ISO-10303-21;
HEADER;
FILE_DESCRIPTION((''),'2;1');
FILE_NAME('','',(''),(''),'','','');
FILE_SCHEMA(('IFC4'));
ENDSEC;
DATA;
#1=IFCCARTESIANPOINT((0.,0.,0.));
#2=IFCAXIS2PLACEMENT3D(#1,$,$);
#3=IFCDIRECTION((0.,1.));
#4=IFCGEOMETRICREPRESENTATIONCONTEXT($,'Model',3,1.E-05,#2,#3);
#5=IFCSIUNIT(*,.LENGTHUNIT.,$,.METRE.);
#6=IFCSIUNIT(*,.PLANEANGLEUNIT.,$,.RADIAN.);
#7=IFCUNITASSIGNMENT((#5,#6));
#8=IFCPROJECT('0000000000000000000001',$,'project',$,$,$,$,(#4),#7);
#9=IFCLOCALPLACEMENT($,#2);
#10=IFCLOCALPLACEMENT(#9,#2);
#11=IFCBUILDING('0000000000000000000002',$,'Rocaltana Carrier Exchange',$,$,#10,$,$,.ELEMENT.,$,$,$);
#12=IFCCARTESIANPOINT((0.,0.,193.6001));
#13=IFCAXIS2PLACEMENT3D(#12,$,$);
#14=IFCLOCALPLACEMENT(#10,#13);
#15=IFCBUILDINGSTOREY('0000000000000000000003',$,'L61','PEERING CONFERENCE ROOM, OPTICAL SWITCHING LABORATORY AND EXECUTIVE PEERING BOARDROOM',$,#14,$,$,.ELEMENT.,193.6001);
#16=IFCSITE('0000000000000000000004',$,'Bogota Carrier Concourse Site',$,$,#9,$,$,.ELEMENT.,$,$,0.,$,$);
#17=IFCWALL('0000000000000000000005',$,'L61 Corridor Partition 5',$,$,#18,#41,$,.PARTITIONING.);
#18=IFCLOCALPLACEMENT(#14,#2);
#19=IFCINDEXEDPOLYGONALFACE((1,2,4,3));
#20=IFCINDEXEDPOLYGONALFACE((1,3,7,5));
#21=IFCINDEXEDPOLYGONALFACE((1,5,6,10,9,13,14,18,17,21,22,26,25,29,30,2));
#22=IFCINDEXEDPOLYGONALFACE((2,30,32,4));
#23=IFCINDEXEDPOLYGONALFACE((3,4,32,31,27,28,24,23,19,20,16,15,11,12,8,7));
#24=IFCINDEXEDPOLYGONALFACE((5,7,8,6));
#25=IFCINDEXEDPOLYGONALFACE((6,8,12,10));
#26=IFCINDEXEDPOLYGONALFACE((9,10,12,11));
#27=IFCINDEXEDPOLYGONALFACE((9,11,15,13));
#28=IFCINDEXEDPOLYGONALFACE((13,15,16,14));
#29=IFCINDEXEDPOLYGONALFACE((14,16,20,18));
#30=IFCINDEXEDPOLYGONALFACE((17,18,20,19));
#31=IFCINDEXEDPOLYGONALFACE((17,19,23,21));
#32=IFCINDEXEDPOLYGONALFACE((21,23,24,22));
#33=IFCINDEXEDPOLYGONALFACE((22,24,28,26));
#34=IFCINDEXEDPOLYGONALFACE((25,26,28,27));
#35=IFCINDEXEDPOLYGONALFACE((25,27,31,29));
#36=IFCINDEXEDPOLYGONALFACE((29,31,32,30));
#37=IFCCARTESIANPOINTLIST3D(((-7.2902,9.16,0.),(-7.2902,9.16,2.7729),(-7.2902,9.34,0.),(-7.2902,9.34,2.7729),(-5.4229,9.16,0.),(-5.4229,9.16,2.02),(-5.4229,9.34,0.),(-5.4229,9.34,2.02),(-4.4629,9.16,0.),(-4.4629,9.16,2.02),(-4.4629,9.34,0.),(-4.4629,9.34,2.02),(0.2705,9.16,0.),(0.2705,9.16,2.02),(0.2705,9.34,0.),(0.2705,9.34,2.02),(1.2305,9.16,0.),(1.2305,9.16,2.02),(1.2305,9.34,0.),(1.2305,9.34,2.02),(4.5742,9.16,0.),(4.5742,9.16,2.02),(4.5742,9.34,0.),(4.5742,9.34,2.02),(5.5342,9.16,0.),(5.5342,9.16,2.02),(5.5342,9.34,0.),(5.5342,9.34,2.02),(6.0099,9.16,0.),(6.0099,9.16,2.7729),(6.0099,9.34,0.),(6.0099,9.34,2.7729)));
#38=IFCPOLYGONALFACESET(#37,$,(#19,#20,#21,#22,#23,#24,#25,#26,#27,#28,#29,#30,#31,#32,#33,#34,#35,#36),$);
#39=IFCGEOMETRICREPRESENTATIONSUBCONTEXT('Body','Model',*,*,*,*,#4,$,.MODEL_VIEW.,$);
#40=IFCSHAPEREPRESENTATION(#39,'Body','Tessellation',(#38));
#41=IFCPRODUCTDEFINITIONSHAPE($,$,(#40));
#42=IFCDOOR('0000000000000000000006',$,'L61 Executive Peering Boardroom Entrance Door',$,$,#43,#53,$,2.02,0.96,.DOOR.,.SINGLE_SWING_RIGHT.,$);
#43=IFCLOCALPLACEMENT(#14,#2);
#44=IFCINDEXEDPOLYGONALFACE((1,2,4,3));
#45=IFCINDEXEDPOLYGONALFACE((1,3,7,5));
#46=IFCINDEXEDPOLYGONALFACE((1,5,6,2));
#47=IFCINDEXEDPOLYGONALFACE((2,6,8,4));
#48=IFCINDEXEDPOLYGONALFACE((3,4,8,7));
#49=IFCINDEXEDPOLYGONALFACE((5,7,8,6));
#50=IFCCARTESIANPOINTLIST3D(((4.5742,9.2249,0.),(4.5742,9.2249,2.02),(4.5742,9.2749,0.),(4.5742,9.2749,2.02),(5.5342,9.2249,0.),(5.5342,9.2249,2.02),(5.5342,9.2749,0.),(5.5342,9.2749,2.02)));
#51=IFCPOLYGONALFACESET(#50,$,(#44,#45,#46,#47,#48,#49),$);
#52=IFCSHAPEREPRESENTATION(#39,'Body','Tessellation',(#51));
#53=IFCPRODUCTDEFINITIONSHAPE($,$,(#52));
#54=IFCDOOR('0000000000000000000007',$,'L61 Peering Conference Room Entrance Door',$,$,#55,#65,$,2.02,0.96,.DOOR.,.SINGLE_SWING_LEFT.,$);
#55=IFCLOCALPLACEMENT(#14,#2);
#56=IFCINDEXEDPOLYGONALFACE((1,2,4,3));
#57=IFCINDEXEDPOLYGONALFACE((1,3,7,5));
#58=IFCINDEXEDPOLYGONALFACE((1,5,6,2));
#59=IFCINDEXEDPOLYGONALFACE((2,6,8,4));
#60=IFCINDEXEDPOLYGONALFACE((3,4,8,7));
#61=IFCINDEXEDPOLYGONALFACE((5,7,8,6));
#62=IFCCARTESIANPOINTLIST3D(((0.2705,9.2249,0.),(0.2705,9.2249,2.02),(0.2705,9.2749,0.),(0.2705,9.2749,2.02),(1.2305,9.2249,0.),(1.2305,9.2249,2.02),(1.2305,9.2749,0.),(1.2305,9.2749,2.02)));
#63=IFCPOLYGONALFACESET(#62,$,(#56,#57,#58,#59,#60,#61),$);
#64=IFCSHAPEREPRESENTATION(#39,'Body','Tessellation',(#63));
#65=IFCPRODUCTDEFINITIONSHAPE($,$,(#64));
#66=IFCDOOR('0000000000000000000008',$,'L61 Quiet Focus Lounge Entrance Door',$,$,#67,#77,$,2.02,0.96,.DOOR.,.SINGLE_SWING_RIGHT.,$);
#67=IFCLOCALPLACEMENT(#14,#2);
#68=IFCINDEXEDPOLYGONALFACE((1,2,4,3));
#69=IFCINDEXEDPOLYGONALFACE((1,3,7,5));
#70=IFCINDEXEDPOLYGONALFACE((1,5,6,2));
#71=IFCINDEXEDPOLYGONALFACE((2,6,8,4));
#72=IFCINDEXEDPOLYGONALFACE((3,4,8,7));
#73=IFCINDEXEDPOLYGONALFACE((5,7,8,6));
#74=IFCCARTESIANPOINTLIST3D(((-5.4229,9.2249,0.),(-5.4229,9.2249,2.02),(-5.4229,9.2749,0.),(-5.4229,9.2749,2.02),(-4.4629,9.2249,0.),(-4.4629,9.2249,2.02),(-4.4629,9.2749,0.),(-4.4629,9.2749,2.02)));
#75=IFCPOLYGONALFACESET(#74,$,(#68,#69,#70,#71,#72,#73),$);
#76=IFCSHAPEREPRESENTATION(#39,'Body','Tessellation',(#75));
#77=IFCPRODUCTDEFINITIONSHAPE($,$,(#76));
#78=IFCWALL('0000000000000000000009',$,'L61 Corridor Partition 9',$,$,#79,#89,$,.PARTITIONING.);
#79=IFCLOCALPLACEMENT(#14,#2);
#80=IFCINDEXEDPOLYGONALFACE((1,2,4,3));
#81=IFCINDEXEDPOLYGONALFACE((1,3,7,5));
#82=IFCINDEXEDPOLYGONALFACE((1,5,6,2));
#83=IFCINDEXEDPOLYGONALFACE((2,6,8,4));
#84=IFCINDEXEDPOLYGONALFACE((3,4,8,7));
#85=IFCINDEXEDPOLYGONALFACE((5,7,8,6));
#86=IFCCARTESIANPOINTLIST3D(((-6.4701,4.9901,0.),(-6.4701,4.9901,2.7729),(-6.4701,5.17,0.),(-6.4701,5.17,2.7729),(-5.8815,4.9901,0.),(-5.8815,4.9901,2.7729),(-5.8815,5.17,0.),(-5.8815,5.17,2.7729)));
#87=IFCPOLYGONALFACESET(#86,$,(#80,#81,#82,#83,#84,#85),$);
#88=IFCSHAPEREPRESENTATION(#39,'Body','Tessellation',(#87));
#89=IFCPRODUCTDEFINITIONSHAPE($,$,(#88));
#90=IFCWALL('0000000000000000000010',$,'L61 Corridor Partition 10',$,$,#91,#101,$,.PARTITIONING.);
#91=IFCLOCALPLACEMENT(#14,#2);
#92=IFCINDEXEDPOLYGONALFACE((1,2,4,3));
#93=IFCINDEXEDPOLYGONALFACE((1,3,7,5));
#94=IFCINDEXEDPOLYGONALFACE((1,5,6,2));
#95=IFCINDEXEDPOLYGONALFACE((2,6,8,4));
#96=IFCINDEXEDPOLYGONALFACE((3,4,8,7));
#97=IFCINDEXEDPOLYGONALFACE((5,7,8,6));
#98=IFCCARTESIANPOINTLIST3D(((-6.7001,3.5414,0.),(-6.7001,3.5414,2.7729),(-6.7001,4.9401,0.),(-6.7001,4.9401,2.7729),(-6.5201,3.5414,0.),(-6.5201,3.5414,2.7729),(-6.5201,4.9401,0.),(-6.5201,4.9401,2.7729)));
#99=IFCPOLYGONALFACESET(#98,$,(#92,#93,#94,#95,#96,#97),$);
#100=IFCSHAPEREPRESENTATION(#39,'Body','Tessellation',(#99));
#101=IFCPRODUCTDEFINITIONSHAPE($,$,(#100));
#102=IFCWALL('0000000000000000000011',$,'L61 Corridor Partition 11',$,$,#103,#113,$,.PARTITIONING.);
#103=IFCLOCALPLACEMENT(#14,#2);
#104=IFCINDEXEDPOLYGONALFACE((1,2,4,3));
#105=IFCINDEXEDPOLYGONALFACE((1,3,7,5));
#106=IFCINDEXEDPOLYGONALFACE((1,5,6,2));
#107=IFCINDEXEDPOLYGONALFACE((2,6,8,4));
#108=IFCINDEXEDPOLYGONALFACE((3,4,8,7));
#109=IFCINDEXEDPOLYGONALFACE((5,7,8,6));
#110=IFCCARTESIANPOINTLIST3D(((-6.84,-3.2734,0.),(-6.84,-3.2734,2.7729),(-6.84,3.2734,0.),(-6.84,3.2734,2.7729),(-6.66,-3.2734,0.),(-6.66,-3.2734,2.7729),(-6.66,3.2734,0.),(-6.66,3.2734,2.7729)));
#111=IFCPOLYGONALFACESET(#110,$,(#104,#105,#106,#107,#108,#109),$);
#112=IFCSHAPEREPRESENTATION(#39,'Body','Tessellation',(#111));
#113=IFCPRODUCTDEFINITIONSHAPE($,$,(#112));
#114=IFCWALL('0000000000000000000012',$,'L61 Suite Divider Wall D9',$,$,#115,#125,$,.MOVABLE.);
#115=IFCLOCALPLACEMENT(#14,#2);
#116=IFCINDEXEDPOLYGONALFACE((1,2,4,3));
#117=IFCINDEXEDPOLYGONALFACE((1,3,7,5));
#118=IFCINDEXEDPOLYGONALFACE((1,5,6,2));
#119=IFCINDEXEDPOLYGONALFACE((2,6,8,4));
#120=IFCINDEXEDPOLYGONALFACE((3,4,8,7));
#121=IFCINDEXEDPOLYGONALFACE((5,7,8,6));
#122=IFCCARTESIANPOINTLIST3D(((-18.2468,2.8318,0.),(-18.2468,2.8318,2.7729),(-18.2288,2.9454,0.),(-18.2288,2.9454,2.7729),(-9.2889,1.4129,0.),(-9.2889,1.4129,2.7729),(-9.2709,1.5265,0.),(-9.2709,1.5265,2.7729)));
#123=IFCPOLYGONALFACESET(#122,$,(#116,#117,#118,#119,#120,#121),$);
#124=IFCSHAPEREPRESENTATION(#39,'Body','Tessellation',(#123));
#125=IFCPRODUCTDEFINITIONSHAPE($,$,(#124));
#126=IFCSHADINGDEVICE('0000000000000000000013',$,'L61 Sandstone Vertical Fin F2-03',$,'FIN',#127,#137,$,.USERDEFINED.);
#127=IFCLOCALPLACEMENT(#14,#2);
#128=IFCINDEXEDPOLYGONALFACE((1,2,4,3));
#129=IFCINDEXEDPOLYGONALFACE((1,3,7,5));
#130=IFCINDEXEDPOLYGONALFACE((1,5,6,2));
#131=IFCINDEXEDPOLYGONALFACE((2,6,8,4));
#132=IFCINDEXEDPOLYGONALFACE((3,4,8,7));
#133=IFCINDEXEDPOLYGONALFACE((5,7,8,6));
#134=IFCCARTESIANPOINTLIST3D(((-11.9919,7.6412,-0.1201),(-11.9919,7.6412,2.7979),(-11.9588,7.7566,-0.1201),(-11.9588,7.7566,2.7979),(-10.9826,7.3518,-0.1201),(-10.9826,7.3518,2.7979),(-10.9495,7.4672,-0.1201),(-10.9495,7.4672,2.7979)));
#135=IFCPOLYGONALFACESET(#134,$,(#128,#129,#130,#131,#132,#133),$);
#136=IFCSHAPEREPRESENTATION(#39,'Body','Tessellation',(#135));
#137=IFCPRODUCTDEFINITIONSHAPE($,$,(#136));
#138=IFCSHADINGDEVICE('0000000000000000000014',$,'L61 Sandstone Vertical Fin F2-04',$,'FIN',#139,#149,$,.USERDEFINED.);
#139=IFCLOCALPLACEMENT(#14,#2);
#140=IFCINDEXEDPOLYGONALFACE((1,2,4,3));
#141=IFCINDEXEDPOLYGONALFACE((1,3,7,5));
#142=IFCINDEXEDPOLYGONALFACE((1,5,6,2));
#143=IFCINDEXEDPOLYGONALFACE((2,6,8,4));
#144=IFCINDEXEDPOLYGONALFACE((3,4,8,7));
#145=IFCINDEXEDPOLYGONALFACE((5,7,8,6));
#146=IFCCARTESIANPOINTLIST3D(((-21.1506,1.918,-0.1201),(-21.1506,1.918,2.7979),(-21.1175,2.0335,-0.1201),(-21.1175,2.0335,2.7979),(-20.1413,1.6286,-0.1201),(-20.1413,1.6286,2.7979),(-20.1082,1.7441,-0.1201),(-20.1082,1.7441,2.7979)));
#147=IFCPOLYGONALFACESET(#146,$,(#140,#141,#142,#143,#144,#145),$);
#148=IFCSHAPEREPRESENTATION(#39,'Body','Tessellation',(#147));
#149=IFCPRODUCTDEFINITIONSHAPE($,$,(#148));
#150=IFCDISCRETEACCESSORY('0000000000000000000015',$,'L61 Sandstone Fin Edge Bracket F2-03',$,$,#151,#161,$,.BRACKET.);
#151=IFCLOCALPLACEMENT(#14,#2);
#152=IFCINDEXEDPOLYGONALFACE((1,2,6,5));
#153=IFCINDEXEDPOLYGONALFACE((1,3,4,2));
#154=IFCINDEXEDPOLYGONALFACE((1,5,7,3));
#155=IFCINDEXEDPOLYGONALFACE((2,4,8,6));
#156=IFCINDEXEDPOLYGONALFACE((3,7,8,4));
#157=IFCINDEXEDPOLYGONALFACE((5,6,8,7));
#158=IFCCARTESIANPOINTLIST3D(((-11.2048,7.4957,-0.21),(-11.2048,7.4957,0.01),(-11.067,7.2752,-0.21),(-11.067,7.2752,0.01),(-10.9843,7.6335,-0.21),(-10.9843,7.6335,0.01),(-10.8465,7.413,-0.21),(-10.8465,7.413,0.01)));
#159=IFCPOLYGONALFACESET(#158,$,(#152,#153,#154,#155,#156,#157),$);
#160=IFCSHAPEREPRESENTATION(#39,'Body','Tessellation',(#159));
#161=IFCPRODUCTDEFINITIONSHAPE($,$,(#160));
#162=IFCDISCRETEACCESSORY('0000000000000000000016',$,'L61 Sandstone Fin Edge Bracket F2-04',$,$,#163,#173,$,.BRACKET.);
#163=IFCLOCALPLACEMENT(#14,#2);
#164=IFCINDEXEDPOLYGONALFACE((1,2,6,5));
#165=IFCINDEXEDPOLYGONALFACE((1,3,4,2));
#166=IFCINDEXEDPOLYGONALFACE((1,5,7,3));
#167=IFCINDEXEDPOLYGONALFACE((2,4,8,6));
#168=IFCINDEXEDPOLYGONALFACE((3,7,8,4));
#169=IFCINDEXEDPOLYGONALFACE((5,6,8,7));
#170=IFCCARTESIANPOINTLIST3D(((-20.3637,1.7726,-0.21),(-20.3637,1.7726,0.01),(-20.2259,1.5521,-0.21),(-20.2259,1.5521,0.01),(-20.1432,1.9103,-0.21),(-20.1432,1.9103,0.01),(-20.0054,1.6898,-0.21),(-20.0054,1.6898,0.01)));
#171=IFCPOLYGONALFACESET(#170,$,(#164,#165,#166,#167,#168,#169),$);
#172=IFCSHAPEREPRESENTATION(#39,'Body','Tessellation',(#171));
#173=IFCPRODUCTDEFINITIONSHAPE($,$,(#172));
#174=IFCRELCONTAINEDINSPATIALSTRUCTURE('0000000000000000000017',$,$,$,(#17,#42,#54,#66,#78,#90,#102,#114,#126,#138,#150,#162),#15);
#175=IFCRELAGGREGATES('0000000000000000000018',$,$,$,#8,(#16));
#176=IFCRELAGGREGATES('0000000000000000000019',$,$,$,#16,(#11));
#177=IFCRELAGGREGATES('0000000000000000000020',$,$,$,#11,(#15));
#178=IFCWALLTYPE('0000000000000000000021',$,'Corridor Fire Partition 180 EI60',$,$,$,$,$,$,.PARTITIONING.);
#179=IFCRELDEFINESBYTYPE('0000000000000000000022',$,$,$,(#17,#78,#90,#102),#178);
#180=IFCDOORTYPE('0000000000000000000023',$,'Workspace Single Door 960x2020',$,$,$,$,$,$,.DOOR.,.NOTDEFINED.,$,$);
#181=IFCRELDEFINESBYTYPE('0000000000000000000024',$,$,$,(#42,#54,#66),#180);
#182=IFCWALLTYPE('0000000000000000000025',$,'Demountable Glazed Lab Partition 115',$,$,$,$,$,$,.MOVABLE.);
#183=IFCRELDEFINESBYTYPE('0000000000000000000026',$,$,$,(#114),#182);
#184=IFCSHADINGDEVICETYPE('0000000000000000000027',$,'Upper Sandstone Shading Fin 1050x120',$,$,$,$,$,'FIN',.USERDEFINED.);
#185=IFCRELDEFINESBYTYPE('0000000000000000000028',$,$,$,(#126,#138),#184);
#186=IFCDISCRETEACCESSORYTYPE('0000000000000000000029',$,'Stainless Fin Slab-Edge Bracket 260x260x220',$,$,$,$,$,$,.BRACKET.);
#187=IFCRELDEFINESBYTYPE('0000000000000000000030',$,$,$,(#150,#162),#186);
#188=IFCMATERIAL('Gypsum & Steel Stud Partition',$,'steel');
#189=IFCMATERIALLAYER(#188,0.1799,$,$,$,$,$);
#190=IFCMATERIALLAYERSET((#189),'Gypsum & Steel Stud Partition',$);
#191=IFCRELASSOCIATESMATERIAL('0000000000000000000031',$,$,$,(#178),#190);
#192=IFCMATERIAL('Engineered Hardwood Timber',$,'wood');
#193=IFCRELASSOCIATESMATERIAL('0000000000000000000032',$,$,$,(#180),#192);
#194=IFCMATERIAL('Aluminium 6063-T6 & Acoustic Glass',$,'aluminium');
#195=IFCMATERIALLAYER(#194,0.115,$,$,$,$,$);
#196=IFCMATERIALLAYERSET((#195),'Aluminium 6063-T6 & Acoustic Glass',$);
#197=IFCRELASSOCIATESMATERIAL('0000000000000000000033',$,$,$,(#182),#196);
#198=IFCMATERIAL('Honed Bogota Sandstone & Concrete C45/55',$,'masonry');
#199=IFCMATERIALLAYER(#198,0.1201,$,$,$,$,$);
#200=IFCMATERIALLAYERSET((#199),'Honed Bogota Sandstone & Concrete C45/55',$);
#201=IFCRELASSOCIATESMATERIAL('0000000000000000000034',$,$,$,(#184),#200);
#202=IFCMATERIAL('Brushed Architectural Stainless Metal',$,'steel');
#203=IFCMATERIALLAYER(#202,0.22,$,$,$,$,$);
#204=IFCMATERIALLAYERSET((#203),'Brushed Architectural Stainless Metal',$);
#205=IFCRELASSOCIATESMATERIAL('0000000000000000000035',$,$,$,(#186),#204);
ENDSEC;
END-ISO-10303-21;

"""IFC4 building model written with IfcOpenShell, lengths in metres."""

from ifc_helpers import new_model, si_unit, direction, frame, frame_2d, origin, origin_2d, place, context, subcontext, project, spatial, rectangle, extrude, material, layer, layer_set, type_object, element, fill, save


model = new_model("IFC4")

# Units and contexts
model_context = context("Model", 3, precision=1e-05, world=origin(), true_north=direction((0.0, 1.0)))
body_context = subcontext(model_context, "Body", "Model", "MODEL_VIEW")
ifc_project = project(units=[si_unit("LENGTHUNIT", "METRE"), si_unit("PLANEANGLEUNIT", "RADIAN")], contexts=[model_context])

# Site, building, storey
site_placement = place(None, origin())
site = spatial("IfcSite", under=ifc_project, at=site_placement, Name="Bogota Carrier Concourse Site", CompositionType="ELEMENT", RefElevation=0.0)
building_placement = place(site_placement, origin())
building = spatial("IfcBuilding", under=site, at=building_placement, Name="Rocaltana Carrier Exchange", CompositionType="ELEMENT")
storey_placement = place(building_placement, frame((0.0, 0.0, 193.6001)))
storey = spatial("IfcBuildingStorey", under=building, at=storey_placement, Name="L61", Description="PEERING CONFERENCE ROOM, OPTICAL SWITCHING LABORATORY AND EXECUTIVE PEERING BOARDROOM", CompositionType="ELEMENT", Elevation=193.6001)

# Shared definitions
ifc_material_1 = material(Name="Gypsum & Steel Stud Partition", Category="steel")
ifc_layer_1 = layer(ifc_material_1, 0.1799)
ifc_layer_set_1 = layer_set([ifc_layer_1], Name="Gypsum & Steel Stud Partition")
wall_type_1 = type_object("IfcWallType", Name="Corridor Fire Partition 180 EI60", PredefinedType="PARTITIONING", material=ifc_layer_set_1)

# Wall, openings, doors
wall_1_placement = place(storey_placement, frame((-7.29, 9.25, 0.0), z_axis=(0.0, 0.0, 1.0), x_axis=(1.0, 0.0, 0.0)))
wall_1 = element("IfcWall", 1, at=wall_1_placement, inside=storey, type_object=wall_type_1, Name="L61 Corridor Partition 5", PredefinedType="PARTITIONING", context=body_context, shape_type="SweptSolid", body=[
    extrude(rectangle(XDim=13.3, YDim=0.1799, at=frame_2d((6.6499, 0.0))), origin(), (0.0, 0.0, 1.0), 2.7729),
])
opening_1_placement = place(wall_1_placement, frame((11.8643, 0.0, 0.0)))
opening_1 = element("IfcOpeningElement", 2, at=opening_1_placement, cuts=wall_1, PredefinedType="OPENING", context=body_context, shape_type="SweptSolid", body=[
    extrude(rectangle(XDim=0.96, YDim=2.02, at=frame_2d((0.48, 1.01))), frame((0.0, 0.0999, 0.0), z_axis=(0.0, -1.0, 0.0), x_axis=(1.0, 0.0, 0.0)), (0.0, 0.0, 1.0), 0.2),
])
opening_2_placement = place(wall_1_placement, frame((7.5605, 0.0, 0.0)))
opening_2 = element("IfcOpeningElement", 3, at=opening_2_placement, cuts=wall_1, PredefinedType="OPENING", context=body_context, shape_type="SweptSolid", body=[
    extrude(rectangle(XDim=0.96, YDim=2.02, at=frame_2d((0.48, 1.01))), frame((0.0, 0.0999, 0.0), z_axis=(0.0, -1.0, 0.0), x_axis=(1.0, 0.0, 0.0)), (0.0, 0.0, 1.0), 0.2),
])
opening_3_placement = place(wall_1_placement, frame((1.8672, 0.0, 0.0)))
opening_3 = element("IfcOpeningElement", 4, at=opening_3_placement, cuts=wall_1, PredefinedType="OPENING", context=body_context, shape_type="SweptSolid", body=[
    extrude(rectangle(XDim=0.96, YDim=2.02, at=frame_2d((0.48, 1.01))), frame((0.0, 0.0999, 0.0), z_axis=(0.0, -1.0, 0.0), x_axis=(1.0, 0.0, 0.0)), (0.0, 0.0, 1.0), 0.2),
])
ifc_material_2 = material(Name="Engineered Hardwood Timber", Category="wood")
door_type = type_object("IfcDoorType", Name="Workspace Single Door 960x2020", OperationType="NOTDEFINED", PredefinedType="DOOR", material=ifc_material_2)
door_1_placement = place(opening_1_placement, origin())
door_1 = element("IfcDoor", 5, at=door_1_placement, inside=storey, type_object=door_type, Name="L61 Executive Peering Boardroom Entrance Door", OperationType="SINGLE_SWING_RIGHT", OverallHeight=2.02, OverallWidth=0.96, PredefinedType="DOOR", context=body_context, shape_type="SweptSolid", body=[
    extrude(rectangle(XDim=0.96, YDim=2.02, at=frame_2d((0.48, 1.01))), frame((0.0, 0.0249, 0.0), z_axis=(0.0, -1.0, 0.0), x_axis=(1.0, 0.0, 0.0)), (0.0, 0.0, 1.0), 0.05),
])
fill(opening_1, door_1)
door_2_placement = place(opening_2_placement, origin())
door_2 = element("IfcDoor", 6, at=door_2_placement, inside=storey, type_object=door_type, Name="L61 Peering Conference Room Entrance Door", OperationType="SINGLE_SWING_LEFT", OverallHeight=2.02, OverallWidth=0.96, PredefinedType="DOOR", context=body_context, shape_type="SweptSolid", body=[
    extrude(rectangle(XDim=0.96, YDim=2.02, at=frame_2d((0.48, 1.01))), frame((0.0, 0.0249, 0.0), z_axis=(0.0, -1.0, 0.0), x_axis=(1.0, 0.0, 0.0)), (0.0, 0.0, 1.0), 0.05),
])
fill(opening_2, door_2)
door_3_placement = place(opening_3_placement, origin())
door_3 = element("IfcDoor", 7, at=door_3_placement, inside=storey, type_object=door_type, Name="L61 Quiet Focus Lounge Entrance Door", OperationType="SINGLE_SWING_RIGHT", OverallHeight=2.02, OverallWidth=0.96, PredefinedType="DOOR", context=body_context, shape_type="SweptSolid", body=[
    extrude(rectangle(XDim=0.96, YDim=2.02, at=frame_2d((0.48, 1.01))), frame((0.0, 0.0249, 0.0), z_axis=(0.0, -1.0, 0.0), x_axis=(1.0, 0.0, 0.0)), (0.0, 0.0, 1.0), 0.05),
])
fill(opening_3, door_3)

# Walls
wall_2_placement = place(storey_placement, frame((-5.8813, 5.0801, 0.0), z_axis=(0.0, 0.0, 1.0), x_axis=(-1.0, 0.0, 0.0)))
element("IfcWall", 8, at=wall_2_placement, inside=storey, type_object=wall_type_1, Name="L61 Corridor Partition 9", PredefinedType="PARTITIONING", context=body_context, shape_type="SweptSolid", body=[
    extrude(rectangle(XDim=0.5886, YDim=0.1799, at=frame_2d((0.2944, 0.0))), origin(), (0.0, 0.0, 1.0), 2.7729),
])
wall_3_placement = place(storey_placement, frame((-6.6101, 4.9399, 0.0), z_axis=(0.0, 0.0, 1.0), x_axis=(0.0, -1.0, 0.0)))
element("IfcWall", 9, at=wall_3_placement, inside=storey, type_object=wall_type_1, Name="L61 Corridor Partition 10", PredefinedType="PARTITIONING", context=body_context, shape_type="SweptSolid", body=[
    extrude(rectangle(XDim=1.3987, YDim=0.1799, at=frame_2d((0.6992, 0.0))), origin(), (0.0, 0.0, 1.0), 2.7729),
])
wall_4_placement = place(storey_placement, frame((-6.75, 3.2734, 0.0), z_axis=(0.0, 0.0, 1.0), x_axis=(0.0, -1.0, 0.0)))
element("IfcWall", 10, at=wall_4_placement, inside=storey, type_object=wall_type_1, Name="L61 Corridor Partition 11", PredefinedType="PARTITIONING", context=body_context, shape_type="SweptSolid", body=[
    extrude(rectangle(XDim=6.5469, YDim=0.1799, at=frame_2d((3.2734, 0.0))), origin(), (0.0, 0.0, 1.0), 2.7729),
])
ifc_material_3 = material(Name="Aluminium 6063-T6 & Acoustic Glass", Category="aluminium")
ifc_layer_2 = layer(ifc_material_3, 0.115)
ifc_layer_set_2 = layer_set([ifc_layer_2], Name="Aluminium 6063-T6 & Acoustic Glass")
wall_type_2 = type_object("IfcWallType", Name="Demountable Glazed Lab Partition 115", PredefinedType="MOVABLE", material=ifc_layer_set_2)
wall_5_placement = place(storey_placement, frame((-9.28, 1.4697, 0.0), z_axis=(0.0, 0.0, 1.0), x_axis=(-0.987686, 0.156449, 0.0)))
element("IfcWall", 11, at=wall_5_placement, inside=storey, type_object=wall_type_2, Name="L61 Suite Divider Wall D9", PredefinedType="MOVABLE", context=body_context, shape_type="SweptSolid", body=[
    extrude(rectangle(XDim=9.0696, YDim=0.115, at=frame_2d((4.5347, 0.0))), origin(), (0.0, 0.0, 1.0), 2.7729),
])

# Shading devices
ifc_material_4 = material(Name="Honed Bogota Sandstone & Concrete C45/55", Category="masonry")
ifc_layer_3 = layer(ifc_material_4, 0.1201)
ifc_layer_set_3 = layer_set([ifc_layer_3], Name="Honed Bogota Sandstone & Concrete C45/55")
shading_device_type = type_object("IfcShadingDeviceType", Name="Upper Sandstone Shading Fin 1050x120", ElementType="FIN", PredefinedType="USERDEFINED", material=ifc_layer_set_3)
for number, where, z_axis, x_axis, name in (
    (12, (-11.4707, 7.5542, -0.1201), (0.0, 0.0, 1.0), (-0.961262, 0.275637, 0.0), "L61 Sandstone Vertical Fin F2-03"),
    (13, (-20.6294, 1.8311, -0.1201), (0.0, 0.0, 1.0), (-0.961262, 0.275637, 0.0), "L61 Sandstone Vertical Fin F2-04"),
):
    element("IfcShadingDevice", number, at=place(storey_placement, frame(where, z_axis=z_axis, x_axis=x_axis)), inside=storey, type_object=shading_device_type, Name=name, ObjectType="FIN", PredefinedType="USERDEFINED", context=body_context, shape_type="SweptSolid", body=[
        extrude(rectangle(XDim=1.05, YDim=0.1201, at=origin_2d()), origin(), (0.0, 0.0, 1.0), 2.918),
    ])

# Discrete accessories
ifc_material_5 = material(Name="Brushed Architectural Stainless Metal", Category="steel")
ifc_layer_4 = layer(ifc_material_5, 0.22)
ifc_layer_set_4 = layer_set([ifc_layer_4], Name="Brushed Architectural Stainless Metal")
discrete_accessory_type = type_object("IfcDiscreteAccessoryType", Name="Stainless Fin Slab-Edge Bracket 260x260x220", PredefinedType="BRACKET", material=ifc_layer_set_4)
for number, where, z_axis, x_axis, name in (
    (14, (-11.0256, 7.4543, -0.21), (0.0, 0.0, 1.0), (-0.848048, -0.529919, 0.0), "L61 Sandstone Fin Edge Bracket F2-03"),
    (15, (-20.1846, 1.7312, -0.21), (0.0, 0.0, 1.0), (-0.848048, -0.529919, 0.0), "L61 Sandstone Fin Edge Bracket F2-04"),
):
    element("IfcDiscreteAccessory", number, at=place(storey_placement, frame(where, z_axis=z_axis, x_axis=x_axis)), inside=storey, type_object=discrete_accessory_type, Name=name, PredefinedType="BRACKET", context=body_context, shape_type="SweptSolid", body=[
        extrude(rectangle(XDim=0.26, YDim=0.26, at=origin_2d()), origin(), (0.0, 0.0, 1.0), 0.22),
    ])

save(model, "model.ifc")
